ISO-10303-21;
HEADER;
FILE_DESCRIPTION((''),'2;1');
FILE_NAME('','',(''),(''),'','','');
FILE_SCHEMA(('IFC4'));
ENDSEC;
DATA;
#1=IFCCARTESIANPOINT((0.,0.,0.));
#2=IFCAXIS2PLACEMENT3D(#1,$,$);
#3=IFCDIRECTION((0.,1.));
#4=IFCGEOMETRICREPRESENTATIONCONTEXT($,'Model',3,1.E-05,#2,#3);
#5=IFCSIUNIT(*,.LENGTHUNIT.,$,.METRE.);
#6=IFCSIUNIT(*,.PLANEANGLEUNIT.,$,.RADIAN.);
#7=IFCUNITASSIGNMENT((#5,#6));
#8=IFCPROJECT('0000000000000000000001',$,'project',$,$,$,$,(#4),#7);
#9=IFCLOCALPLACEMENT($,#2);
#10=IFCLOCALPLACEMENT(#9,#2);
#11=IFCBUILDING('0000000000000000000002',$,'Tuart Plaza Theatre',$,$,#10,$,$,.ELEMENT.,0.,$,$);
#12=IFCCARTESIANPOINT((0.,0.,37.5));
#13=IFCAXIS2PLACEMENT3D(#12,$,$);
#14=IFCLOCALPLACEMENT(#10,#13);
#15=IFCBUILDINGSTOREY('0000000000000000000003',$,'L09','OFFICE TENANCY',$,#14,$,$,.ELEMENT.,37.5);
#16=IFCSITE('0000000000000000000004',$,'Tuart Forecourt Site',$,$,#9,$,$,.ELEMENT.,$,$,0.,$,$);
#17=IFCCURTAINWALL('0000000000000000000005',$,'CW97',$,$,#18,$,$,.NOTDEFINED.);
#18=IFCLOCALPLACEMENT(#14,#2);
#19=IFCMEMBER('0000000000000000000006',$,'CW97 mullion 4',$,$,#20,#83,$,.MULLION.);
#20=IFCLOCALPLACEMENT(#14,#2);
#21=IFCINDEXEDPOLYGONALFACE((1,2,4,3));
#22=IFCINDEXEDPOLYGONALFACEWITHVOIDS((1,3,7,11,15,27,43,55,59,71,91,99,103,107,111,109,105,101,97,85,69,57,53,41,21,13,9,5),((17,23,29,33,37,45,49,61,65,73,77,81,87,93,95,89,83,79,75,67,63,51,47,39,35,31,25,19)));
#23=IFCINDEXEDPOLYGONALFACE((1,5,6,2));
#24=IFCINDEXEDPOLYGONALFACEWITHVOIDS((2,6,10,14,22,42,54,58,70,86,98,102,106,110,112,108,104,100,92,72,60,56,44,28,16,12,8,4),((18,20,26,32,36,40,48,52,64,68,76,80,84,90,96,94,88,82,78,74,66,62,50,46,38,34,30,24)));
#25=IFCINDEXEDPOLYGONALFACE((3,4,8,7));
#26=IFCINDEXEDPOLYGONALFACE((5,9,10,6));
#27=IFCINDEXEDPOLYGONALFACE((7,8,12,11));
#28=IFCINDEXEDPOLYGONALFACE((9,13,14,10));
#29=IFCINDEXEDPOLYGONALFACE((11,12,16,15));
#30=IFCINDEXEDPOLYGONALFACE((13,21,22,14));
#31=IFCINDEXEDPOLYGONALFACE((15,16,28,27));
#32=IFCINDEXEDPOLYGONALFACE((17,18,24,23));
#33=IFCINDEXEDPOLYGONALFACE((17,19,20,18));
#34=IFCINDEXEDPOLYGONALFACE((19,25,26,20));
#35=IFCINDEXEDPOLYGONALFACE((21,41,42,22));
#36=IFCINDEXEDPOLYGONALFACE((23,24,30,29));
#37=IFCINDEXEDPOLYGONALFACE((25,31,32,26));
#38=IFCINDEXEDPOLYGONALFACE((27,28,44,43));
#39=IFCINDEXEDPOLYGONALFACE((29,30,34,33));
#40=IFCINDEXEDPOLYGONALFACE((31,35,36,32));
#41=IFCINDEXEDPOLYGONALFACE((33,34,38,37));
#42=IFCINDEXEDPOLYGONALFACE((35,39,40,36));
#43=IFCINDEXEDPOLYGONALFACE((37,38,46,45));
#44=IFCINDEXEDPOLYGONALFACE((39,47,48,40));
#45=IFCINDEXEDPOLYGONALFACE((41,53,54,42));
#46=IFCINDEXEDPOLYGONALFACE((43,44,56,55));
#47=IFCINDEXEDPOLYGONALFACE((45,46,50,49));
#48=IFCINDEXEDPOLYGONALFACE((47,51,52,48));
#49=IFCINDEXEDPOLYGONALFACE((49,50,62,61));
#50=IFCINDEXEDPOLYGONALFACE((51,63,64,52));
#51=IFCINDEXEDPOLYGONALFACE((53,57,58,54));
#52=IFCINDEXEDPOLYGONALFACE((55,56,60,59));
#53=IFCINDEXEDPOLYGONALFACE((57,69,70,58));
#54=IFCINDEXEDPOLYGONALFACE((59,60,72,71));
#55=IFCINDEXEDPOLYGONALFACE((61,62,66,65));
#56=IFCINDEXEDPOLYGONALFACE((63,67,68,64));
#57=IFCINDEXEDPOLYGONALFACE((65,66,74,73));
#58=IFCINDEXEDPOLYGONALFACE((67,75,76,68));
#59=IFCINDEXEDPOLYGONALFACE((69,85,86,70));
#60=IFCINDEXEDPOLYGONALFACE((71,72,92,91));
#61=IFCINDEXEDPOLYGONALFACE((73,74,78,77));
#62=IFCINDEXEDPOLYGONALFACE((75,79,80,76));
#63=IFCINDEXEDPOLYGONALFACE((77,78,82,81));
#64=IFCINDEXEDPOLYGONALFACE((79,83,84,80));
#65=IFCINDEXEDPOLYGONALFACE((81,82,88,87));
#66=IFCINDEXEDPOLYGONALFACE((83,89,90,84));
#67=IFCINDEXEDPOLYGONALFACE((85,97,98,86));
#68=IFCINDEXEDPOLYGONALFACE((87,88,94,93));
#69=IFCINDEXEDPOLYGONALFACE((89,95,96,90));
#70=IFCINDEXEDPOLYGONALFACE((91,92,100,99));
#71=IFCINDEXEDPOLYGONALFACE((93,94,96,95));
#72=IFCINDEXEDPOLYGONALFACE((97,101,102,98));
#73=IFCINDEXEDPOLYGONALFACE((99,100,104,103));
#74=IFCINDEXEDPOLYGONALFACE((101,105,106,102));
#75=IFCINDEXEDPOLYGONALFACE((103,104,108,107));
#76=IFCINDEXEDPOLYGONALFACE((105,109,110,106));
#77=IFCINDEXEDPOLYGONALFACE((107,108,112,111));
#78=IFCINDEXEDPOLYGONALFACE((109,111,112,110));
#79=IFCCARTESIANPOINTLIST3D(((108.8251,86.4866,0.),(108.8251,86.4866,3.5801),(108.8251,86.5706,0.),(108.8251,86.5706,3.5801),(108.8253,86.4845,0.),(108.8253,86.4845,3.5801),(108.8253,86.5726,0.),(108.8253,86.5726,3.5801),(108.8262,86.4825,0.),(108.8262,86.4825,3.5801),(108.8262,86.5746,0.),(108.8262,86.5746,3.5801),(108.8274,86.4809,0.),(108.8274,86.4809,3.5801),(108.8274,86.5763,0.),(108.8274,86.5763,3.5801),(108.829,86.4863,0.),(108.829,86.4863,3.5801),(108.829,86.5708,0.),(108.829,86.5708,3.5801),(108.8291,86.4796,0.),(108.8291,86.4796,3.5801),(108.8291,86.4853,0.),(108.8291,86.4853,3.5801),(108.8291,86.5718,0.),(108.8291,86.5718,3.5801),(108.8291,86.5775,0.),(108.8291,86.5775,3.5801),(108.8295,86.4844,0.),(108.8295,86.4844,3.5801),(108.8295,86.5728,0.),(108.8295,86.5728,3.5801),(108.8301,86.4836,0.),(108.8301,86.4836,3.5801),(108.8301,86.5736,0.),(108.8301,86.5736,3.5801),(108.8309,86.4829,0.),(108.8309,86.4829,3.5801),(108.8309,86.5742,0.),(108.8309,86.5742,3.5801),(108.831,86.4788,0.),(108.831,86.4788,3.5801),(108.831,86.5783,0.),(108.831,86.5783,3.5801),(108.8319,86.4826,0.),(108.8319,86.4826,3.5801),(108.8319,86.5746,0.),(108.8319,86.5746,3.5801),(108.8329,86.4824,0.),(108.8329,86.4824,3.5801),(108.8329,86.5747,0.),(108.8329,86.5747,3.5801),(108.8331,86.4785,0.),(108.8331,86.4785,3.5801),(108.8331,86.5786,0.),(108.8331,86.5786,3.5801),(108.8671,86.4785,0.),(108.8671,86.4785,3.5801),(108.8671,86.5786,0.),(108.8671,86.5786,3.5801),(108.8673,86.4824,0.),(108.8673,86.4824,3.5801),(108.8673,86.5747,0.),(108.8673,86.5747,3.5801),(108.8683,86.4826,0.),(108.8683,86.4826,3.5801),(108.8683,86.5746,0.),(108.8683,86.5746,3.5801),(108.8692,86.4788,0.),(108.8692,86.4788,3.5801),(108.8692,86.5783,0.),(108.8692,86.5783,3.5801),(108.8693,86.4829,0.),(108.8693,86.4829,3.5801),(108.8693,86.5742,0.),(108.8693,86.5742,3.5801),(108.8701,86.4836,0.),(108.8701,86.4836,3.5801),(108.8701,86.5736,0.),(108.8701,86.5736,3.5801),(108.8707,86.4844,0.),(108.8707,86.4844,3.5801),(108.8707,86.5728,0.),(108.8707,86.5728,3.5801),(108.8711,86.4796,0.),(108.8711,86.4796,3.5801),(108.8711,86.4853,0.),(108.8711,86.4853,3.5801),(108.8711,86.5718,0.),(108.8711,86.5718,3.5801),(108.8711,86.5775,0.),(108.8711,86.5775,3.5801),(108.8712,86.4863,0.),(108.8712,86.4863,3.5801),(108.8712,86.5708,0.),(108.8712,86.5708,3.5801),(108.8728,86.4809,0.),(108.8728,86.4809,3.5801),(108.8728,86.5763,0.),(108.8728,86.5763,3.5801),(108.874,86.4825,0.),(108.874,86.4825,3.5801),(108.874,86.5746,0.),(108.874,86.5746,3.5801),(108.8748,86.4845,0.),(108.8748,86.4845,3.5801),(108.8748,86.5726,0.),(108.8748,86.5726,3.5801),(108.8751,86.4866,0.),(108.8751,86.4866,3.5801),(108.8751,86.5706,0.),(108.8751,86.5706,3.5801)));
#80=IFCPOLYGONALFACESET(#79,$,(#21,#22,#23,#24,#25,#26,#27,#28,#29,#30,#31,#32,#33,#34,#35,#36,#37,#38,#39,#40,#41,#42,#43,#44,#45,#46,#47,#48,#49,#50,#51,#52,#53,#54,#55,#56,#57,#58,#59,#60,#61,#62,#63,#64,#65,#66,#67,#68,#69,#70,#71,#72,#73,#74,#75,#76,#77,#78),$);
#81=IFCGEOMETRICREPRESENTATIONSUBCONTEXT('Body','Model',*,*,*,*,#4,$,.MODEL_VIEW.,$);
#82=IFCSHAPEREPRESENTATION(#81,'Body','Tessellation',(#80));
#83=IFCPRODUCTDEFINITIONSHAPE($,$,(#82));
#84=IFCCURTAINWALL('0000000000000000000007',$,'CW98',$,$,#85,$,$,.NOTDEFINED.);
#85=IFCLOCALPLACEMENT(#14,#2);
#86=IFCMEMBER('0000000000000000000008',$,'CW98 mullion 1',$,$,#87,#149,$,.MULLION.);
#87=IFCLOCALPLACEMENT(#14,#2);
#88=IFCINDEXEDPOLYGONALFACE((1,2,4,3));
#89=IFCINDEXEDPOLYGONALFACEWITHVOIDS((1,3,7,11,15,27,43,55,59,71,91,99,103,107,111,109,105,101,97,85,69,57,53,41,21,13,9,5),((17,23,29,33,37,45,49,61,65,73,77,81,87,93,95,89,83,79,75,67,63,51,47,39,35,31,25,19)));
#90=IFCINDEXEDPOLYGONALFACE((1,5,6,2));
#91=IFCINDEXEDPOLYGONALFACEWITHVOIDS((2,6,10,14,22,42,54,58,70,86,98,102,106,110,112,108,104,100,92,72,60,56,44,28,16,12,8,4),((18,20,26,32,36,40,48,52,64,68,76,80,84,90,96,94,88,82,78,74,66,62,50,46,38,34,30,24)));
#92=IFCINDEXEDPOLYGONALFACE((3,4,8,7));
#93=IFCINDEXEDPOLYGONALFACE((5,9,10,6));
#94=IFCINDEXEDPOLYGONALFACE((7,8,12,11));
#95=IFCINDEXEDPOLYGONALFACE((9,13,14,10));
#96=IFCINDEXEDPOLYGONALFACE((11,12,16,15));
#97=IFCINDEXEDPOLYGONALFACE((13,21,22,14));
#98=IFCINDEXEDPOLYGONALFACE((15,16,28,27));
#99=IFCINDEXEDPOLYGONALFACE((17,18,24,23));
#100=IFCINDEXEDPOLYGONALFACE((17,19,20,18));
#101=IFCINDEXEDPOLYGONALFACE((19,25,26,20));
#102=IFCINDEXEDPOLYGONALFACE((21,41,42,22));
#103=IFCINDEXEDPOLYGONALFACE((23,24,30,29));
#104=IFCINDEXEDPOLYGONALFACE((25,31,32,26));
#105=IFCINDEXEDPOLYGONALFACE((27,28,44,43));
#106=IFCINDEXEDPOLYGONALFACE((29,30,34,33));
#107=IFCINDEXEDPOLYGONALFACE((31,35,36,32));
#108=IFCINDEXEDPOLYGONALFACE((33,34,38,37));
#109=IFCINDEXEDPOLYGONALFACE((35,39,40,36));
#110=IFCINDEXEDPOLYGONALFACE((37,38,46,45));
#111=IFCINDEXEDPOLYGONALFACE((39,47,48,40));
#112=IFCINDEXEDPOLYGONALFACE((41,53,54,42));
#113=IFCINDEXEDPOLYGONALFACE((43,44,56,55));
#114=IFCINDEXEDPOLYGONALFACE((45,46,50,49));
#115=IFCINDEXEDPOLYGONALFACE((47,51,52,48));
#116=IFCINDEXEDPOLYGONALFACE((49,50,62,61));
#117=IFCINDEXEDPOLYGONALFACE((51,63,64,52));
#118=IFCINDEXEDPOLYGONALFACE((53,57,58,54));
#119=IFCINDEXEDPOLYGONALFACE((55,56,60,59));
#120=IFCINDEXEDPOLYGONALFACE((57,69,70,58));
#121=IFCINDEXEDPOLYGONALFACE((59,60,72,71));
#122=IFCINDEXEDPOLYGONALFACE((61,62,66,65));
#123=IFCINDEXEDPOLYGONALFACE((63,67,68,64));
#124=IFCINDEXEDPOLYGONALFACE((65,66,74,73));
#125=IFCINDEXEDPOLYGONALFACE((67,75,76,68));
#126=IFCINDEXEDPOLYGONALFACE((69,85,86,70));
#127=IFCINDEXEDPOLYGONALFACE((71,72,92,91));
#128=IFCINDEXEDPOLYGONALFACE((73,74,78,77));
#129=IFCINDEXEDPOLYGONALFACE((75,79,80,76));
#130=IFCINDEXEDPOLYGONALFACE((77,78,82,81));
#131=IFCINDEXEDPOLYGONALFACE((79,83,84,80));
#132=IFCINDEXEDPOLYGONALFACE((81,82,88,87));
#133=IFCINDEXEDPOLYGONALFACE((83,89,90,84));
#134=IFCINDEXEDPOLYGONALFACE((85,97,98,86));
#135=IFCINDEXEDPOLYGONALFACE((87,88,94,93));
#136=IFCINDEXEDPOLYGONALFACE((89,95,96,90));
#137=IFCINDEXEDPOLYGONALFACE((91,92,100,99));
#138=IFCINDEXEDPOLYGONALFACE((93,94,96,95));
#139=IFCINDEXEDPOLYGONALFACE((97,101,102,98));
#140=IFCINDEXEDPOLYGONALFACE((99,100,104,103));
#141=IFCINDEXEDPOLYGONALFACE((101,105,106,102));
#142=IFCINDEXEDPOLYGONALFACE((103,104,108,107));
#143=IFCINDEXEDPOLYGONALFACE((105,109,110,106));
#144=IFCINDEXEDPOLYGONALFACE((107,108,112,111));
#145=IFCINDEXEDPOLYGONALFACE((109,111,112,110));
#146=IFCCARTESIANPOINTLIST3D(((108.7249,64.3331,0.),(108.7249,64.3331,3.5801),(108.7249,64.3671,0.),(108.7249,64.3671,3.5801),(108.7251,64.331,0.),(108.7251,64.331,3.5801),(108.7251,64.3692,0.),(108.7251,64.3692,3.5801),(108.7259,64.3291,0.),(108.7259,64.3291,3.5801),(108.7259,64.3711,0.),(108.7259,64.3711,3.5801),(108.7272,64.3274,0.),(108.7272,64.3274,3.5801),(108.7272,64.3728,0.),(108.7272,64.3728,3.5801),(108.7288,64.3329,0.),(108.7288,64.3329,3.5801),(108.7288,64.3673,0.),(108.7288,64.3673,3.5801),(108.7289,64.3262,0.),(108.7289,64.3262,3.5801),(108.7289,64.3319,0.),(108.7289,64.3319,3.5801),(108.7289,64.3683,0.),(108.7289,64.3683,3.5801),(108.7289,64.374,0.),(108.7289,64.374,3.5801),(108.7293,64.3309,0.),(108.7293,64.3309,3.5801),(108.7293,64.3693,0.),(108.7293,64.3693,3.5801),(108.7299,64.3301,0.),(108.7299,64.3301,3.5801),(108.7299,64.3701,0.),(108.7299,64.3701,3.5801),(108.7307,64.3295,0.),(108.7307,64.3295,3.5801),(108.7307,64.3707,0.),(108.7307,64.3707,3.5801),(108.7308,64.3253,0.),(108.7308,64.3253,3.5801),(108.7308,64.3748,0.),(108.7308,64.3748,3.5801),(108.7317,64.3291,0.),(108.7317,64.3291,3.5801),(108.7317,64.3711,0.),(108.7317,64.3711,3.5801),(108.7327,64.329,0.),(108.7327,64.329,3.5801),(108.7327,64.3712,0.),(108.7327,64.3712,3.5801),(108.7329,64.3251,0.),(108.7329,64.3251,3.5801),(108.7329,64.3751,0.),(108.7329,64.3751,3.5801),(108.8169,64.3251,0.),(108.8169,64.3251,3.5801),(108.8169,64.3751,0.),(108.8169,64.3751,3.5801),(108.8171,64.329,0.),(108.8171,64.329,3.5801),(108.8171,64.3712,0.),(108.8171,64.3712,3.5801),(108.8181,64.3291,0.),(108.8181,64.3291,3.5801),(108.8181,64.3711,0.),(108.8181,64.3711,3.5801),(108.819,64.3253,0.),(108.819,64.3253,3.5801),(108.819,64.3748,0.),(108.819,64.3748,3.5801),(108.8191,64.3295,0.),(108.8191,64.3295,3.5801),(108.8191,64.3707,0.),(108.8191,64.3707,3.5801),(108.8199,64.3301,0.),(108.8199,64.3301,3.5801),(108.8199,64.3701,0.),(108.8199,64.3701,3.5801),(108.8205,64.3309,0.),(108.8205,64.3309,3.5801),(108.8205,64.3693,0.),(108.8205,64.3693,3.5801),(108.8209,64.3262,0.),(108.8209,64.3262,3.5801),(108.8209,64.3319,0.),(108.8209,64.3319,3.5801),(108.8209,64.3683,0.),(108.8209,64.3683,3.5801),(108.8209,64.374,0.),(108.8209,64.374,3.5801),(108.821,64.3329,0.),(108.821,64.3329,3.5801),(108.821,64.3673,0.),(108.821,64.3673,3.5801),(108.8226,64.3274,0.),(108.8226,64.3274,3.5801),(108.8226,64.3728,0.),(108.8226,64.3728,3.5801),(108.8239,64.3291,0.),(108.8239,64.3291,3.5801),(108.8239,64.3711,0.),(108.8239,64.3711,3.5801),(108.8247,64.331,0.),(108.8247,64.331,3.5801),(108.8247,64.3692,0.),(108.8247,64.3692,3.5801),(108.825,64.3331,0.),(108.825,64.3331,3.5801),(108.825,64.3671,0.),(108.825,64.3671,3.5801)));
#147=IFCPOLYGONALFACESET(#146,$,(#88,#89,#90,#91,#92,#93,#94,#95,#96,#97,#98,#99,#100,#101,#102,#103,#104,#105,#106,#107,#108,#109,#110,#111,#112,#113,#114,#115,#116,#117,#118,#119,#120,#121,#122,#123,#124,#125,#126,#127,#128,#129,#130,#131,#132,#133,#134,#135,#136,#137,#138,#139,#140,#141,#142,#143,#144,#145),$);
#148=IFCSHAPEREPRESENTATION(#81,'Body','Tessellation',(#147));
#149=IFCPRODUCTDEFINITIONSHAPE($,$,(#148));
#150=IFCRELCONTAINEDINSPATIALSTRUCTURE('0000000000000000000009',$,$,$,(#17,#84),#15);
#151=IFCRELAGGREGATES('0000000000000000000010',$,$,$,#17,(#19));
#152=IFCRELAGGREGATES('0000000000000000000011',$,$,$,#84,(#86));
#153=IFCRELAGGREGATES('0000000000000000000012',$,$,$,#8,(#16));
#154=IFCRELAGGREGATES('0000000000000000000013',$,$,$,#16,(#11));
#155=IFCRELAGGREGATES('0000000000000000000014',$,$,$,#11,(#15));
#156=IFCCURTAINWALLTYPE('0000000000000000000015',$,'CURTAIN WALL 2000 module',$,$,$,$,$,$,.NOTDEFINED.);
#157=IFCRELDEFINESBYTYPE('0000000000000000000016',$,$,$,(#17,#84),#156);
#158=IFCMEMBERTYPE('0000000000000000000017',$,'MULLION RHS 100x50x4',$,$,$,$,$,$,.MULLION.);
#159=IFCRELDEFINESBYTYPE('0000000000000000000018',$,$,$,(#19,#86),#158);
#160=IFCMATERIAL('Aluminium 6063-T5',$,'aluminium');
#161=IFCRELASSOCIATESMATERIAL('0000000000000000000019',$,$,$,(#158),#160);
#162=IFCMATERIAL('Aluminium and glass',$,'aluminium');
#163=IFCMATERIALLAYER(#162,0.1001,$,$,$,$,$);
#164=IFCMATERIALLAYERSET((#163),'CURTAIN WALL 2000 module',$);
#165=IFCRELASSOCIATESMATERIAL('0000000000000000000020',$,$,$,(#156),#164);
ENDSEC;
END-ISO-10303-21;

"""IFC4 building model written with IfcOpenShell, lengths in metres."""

from ifc_helpers import new_model, si_unit, direction, frame, origin, origin_2d, place, context, subcontext, project, spatial, hollow_rectangle, extrude, material, layer, layer_set, material_profile, profile_set, type_object, element, aggregate, save


model = new_model("IFC4")

# Units and contexts
model_context = context("Model", 3, precision=1e-05, world=origin(), true_north=direction((0.0, 1.0)))
body_context = subcontext(model_context, "Body", "Model", "MODEL_VIEW")
ifc_project = project(units=[si_unit("LENGTHUNIT", "METRE"), si_unit("PLANEANGLEUNIT", "RADIAN")], contexts=[model_context])

# Site, building, storey
site_placement = place(None, origin())
site = spatial("IfcSite", under=ifc_project, at=site_placement, Name="Tuart Forecourt Site", CompositionType="ELEMENT", RefElevation=0.0)
building_placement = place(site_placement, origin())
building = spatial("IfcBuilding", under=site, at=building_placement, Name="Tuart Plaza Theatre", CompositionType="ELEMENT", ElevationOfRefHeight=0.0)
storey_placement = place(building_placement, frame((0.0, 0.0, 37.5)))
storey = spatial("IfcBuildingStorey", under=building, at=storey_placement, Name="L09", Description="OFFICE TENANCY", CompositionType="ELEMENT", Elevation=37.5)

# Shared definitions
ifc_material_1 = material(Name="Aluminium 6063-T5", Category="aluminium")
ifc_material_profile_1 = material_profile(ifc_material_1, hollow_rectangle(XDim=0.05, YDim=0.1001, WallThickness=0.0039, InnerFilletRadius=0.0039, OuterFilletRadius=0.0081, at=origin_2d()), Name="RHS 100x50x4")
ifc_profile_set_1 = profile_set([ifc_material_profile_1], Name="Aluminium 6063-T5")
member_type_1 = type_object("IfcMemberType", Name="MULLION RHS 100x50x4", PredefinedType="MULLION", material=ifc_profile_set_1)

# Curtain walls, members
ifc_material_2 = material(Name="Aluminium and glass", Category="aluminium")
ifc_layer_1 = layer(ifc_material_2, 0.1001)
ifc_layer_set_1 = layer_set([ifc_layer_1], Name="CURTAIN WALL 2000 module")
curtain_wall_type_1 = type_object("IfcCurtainWallType", Name="CURTAIN WALL 2000 module", PredefinedType="NOTDEFINED", material=ifc_layer_set_1)
curtain_wall_1_placement = place(storey_placement, origin())
curtain_wall_1 = element("IfcCurtainWall", 1, at=curtain_wall_1_placement, inside=storey, type_object=curtain_wall_type_1, Name="CW97", PredefinedType="NOTDEFINED")
member_1_placement = place(storey_placement, frame((108.8501, 86.5286, 0.0), z_axis=(0.0, 0.0, 1.0), x_axis=(1.0, 0.0, 0.0)))
member_1 = element("IfcMember", 2, at=member_1_placement, type_object=member_type_1, Name="CW97 mullion 4", PredefinedType="MULLION", context=body_context, shape_type="SweptSolid", body=[
    extrude(hollow_rectangle(XDim=0.05, YDim=0.1001, WallThickness=0.0039, InnerFilletRadius=0.0039, OuterFilletRadius=0.0081, at=origin_2d()), origin(), (0.0, 0.0, 1.0), 3.5801),
])
aggregate(curtain_wall_1, [member_1])
curtain_wall_2_placement = place(storey_placement, origin())
curtain_wall_2 = element("IfcCurtainWall", 3, at=curtain_wall_2_placement, inside=storey, type_object=curtain_wall_type_1, Name="CW98", PredefinedType="NOTDEFINED")
member_2_placement = place(storey_placement, frame((108.7749, 64.3501, 0.0), z_axis=(0.0, 0.0, 1.0), x_axis=(0.0, 1.0, 0.0)))
member_2 = element("IfcMember", 4, at=member_2_placement, type_object=member_type_1, Name="CW98 mullion 1", PredefinedType="MULLION", context=body_context, shape_type="SweptSolid", body=[
    extrude(hollow_rectangle(XDim=0.05, YDim=0.1001, WallThickness=0.0039, InnerFilletRadius=0.0039, OuterFilletRadius=0.0081, at=origin_2d()), origin(), (0.0, 0.0, 1.0), 3.5801),
])
aggregate(curtain_wall_2, [member_2])

save(model, "model.ifc")
